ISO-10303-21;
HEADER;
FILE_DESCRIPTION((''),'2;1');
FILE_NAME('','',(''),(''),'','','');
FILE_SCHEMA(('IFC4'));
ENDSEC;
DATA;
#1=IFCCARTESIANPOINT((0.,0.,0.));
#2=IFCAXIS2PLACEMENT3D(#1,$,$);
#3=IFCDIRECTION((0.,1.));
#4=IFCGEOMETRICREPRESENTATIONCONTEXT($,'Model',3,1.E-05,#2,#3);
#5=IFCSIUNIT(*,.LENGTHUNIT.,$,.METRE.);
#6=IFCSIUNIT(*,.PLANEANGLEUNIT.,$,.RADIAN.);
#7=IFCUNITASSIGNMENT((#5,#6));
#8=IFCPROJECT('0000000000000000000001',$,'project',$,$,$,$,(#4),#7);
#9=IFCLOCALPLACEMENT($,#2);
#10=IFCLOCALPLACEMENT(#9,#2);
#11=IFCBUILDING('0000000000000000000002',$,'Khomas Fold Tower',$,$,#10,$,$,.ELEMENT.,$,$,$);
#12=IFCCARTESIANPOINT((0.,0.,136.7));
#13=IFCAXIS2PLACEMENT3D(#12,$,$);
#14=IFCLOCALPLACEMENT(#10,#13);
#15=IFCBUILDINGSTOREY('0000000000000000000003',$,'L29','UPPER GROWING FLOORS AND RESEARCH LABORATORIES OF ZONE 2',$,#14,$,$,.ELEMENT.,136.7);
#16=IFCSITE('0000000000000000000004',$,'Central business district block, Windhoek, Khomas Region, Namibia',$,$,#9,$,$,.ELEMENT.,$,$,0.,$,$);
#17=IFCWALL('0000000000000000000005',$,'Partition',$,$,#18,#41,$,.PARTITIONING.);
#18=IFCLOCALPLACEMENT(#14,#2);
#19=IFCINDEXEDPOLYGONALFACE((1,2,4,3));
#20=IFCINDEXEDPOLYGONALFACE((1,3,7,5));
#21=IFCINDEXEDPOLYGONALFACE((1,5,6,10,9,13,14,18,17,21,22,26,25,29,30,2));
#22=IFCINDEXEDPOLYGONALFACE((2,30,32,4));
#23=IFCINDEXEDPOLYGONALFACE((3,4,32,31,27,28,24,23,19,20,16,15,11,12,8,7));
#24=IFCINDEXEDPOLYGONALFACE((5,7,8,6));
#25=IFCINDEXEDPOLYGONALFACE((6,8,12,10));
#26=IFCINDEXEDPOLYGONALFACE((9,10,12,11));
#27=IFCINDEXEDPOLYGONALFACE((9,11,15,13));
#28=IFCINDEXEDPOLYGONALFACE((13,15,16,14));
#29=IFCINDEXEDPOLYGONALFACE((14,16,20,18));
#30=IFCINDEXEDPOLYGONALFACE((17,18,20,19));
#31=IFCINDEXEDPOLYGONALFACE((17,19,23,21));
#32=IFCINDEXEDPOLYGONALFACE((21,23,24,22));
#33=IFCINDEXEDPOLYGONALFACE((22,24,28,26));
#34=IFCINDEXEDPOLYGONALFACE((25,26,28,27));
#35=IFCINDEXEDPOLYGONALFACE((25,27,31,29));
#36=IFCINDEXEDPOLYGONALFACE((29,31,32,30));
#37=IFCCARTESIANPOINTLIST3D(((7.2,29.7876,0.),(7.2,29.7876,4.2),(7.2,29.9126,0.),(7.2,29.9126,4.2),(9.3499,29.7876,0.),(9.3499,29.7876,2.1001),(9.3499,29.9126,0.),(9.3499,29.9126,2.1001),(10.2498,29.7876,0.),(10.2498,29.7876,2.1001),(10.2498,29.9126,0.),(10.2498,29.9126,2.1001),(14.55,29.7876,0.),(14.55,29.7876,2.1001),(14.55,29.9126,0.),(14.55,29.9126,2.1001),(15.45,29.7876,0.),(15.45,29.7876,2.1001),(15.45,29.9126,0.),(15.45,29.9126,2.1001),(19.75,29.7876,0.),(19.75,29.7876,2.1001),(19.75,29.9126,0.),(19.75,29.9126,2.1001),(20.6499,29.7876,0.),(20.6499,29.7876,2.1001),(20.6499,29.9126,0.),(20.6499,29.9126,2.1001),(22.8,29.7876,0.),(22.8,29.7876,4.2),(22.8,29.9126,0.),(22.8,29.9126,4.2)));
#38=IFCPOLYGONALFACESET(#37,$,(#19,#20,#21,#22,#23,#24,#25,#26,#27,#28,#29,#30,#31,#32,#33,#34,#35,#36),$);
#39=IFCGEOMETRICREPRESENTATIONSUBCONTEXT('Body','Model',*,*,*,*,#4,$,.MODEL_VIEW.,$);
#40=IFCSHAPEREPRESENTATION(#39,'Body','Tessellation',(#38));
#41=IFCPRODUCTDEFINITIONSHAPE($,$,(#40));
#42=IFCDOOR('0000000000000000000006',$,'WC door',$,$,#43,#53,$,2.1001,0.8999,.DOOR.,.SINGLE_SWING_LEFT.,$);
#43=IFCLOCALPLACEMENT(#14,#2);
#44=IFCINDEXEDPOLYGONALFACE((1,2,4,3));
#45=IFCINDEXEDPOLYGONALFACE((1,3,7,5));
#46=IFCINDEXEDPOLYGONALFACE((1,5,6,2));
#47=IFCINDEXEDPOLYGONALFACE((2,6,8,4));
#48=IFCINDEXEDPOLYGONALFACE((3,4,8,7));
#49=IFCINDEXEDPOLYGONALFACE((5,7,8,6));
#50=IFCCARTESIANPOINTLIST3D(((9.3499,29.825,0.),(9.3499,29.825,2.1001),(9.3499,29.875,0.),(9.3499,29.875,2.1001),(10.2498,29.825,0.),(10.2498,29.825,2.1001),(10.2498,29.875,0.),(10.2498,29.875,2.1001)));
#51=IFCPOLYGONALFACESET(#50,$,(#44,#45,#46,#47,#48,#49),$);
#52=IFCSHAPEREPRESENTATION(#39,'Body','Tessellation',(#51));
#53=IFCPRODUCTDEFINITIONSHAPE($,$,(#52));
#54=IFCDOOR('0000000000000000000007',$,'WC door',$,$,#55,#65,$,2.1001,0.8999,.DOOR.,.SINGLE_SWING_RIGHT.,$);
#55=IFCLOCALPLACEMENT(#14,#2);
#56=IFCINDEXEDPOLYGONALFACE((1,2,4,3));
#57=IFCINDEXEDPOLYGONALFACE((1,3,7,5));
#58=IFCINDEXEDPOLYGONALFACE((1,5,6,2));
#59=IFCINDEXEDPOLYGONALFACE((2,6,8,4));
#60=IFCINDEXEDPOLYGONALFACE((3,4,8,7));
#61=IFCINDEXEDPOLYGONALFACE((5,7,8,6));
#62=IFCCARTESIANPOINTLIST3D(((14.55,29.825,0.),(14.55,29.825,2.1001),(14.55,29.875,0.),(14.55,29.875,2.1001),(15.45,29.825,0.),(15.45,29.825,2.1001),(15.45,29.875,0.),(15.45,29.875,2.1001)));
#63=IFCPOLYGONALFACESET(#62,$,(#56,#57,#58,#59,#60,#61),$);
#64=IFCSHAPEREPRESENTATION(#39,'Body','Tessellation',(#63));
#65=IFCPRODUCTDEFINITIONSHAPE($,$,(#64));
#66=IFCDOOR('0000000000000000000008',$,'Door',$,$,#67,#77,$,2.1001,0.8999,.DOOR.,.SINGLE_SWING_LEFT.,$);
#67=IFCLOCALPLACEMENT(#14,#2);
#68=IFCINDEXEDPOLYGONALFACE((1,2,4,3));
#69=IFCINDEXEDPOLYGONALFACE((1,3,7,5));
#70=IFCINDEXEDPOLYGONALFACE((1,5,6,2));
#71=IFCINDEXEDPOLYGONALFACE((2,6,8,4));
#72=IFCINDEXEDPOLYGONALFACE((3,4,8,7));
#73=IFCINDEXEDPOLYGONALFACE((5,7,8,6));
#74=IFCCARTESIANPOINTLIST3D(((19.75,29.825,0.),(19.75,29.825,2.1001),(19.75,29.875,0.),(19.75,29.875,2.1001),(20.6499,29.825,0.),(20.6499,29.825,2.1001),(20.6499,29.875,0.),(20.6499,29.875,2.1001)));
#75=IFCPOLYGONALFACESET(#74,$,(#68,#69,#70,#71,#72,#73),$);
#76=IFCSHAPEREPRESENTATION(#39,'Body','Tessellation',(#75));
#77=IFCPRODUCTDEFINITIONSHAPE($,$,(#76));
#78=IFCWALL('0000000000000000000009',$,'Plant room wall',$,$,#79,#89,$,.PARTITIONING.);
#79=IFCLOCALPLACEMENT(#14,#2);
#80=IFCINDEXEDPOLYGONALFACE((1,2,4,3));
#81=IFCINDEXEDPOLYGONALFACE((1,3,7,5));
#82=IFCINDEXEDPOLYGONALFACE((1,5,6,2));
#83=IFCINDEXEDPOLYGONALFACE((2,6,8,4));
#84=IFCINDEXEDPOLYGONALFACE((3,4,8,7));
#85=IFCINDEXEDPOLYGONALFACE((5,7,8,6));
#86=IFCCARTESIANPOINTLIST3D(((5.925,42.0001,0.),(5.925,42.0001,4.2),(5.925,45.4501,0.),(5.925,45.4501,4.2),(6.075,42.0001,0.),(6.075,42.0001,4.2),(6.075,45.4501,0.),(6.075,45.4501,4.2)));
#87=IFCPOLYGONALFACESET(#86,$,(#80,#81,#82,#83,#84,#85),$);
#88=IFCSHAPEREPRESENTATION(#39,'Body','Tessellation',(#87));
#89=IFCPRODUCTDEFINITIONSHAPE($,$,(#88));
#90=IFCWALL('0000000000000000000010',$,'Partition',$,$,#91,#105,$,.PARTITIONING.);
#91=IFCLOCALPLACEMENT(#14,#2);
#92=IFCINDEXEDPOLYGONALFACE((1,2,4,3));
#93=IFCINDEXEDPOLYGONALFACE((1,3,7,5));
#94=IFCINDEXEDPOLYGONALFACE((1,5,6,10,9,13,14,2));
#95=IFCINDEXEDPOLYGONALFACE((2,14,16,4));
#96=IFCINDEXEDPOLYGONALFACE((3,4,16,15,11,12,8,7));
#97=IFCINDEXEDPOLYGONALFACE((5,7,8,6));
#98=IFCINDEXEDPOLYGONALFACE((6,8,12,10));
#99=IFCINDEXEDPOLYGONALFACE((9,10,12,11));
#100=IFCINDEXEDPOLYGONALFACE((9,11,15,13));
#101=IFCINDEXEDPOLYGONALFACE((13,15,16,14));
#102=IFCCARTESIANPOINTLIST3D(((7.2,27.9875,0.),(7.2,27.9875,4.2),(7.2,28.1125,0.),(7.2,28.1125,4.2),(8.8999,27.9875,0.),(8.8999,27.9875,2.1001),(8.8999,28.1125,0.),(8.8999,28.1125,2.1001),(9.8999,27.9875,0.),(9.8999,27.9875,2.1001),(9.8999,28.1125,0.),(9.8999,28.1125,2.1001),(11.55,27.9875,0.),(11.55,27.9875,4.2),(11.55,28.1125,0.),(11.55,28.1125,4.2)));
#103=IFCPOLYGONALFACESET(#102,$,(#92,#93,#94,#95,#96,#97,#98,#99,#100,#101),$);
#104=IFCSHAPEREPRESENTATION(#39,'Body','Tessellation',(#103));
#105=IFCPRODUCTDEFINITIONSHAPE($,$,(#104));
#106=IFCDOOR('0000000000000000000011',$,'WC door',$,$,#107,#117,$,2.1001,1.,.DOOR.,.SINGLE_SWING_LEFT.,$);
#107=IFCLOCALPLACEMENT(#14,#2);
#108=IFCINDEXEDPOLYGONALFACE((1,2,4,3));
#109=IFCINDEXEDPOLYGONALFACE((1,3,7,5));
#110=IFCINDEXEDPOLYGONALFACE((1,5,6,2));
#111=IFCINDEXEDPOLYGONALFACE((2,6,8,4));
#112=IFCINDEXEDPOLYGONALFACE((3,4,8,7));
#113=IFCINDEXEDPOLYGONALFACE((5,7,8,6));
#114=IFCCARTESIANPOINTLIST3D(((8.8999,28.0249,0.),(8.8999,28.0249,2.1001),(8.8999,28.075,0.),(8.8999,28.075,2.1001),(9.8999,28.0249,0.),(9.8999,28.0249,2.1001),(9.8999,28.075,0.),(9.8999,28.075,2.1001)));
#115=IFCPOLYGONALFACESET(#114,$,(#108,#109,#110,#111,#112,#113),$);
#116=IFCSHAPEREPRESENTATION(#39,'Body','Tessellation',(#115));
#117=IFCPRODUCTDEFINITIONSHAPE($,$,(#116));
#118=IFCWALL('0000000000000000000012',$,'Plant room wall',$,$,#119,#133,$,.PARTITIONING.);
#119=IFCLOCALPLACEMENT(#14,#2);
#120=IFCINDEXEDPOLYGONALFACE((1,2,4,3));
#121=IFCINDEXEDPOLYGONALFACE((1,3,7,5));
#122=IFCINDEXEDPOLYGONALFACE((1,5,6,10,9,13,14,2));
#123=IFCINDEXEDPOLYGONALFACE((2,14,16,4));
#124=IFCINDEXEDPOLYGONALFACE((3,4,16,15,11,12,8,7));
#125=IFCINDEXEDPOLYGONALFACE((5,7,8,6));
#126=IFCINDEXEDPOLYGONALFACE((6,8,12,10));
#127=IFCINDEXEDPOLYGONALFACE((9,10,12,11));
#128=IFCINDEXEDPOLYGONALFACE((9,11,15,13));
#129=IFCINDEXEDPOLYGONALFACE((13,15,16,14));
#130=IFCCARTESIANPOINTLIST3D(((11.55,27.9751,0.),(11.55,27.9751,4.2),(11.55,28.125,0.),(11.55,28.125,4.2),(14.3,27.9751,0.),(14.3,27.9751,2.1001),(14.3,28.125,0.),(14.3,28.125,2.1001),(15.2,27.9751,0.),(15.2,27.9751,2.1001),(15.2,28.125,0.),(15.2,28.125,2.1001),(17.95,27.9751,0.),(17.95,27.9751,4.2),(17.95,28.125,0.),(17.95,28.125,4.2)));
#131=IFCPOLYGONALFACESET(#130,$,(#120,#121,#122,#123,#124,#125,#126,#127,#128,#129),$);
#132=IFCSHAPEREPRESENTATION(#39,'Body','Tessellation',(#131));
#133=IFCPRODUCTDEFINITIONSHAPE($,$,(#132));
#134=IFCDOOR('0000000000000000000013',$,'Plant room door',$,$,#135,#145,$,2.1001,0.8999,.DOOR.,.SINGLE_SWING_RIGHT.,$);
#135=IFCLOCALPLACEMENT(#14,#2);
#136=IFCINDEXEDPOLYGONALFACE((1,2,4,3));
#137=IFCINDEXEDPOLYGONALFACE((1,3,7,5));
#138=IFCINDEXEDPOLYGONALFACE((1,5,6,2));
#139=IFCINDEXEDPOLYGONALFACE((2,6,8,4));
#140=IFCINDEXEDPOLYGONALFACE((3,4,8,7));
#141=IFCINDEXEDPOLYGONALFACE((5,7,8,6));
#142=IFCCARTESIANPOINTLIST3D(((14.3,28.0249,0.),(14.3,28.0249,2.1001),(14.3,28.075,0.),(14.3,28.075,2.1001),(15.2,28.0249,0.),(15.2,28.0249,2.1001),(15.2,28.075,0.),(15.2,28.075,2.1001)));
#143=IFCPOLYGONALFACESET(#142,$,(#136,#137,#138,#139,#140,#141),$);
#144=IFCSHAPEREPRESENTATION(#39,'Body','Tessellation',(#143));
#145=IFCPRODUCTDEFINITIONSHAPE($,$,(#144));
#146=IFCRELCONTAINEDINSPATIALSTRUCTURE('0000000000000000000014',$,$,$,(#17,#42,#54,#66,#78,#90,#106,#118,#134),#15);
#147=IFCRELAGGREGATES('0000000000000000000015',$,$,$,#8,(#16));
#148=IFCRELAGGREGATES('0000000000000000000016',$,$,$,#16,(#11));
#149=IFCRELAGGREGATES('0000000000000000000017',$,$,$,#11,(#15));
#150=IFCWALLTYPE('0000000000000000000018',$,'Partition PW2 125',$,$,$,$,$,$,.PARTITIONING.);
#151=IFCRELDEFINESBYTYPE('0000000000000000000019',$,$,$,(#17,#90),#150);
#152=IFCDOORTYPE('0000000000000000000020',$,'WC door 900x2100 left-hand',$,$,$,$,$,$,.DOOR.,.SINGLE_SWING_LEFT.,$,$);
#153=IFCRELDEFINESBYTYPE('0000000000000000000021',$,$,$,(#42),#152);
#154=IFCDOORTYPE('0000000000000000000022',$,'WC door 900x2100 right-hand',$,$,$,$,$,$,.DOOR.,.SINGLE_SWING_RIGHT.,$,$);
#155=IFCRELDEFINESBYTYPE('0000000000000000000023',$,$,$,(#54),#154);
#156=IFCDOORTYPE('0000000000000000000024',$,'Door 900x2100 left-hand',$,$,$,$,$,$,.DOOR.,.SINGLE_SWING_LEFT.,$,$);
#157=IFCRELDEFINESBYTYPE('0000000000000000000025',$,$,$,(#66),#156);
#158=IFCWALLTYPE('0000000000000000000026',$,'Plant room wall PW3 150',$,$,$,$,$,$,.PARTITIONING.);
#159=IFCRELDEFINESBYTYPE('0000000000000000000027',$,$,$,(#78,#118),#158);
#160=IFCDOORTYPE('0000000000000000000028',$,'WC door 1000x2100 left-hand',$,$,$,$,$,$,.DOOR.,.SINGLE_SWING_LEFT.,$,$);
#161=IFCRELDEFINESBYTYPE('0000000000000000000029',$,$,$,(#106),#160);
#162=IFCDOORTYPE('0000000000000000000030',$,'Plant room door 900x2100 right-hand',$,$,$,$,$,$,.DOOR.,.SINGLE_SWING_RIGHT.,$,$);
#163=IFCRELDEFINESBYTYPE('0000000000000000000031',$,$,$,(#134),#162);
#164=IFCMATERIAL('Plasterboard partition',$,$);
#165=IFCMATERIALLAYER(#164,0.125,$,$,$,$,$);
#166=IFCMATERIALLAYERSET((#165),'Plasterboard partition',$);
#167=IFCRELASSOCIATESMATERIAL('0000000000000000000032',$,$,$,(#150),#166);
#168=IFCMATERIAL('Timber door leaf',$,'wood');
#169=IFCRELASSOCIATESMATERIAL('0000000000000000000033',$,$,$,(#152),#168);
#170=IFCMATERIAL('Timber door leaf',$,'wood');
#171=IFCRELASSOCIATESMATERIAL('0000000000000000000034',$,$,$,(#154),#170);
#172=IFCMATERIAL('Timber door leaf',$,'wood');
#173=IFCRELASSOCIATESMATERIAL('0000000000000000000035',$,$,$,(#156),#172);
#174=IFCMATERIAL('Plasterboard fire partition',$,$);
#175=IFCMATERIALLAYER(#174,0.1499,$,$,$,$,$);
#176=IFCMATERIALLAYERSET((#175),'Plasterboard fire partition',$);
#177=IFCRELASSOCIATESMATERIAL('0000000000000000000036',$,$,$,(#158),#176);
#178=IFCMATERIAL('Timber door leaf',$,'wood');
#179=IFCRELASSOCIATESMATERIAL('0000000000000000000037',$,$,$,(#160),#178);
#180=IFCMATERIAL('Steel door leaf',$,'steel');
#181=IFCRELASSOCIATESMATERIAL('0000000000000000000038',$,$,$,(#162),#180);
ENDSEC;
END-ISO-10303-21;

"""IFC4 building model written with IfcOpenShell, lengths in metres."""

from ifc_helpers import new_model, si_unit, direction, frame, frame_2d, origin, place, context, subcontext, project, spatial, rectangle, extrude, source, transform, mapped, material, layer, layer_set, type_object, element, fill, save


model = new_model("IFC4")

# Units and contexts
model_context = context("Model", 3, precision=1e-05, world=origin(), true_north=direction((0.0, 1.0)))
body_context = subcontext(model_context, "Body", "Model", "MODEL_VIEW")
ifc_project = project(units=[si_unit("LENGTHUNIT", "METRE"), si_unit("PLANEANGLEUNIT", "RADIAN")], contexts=[model_context])

# Site, building, storey
site_placement = place(None, origin())
site = spatial("IfcSite", under=ifc_project, at=site_placement, Name="Central business district block, Windhoek, Khomas Region, Namibia", CompositionType="ELEMENT", RefElevation=0.0)
building_placement = place(site_placement, origin())
building = spatial("IfcBuilding", under=site, at=building_placement, Name="Khomas Fold Tower", CompositionType="ELEMENT")
storey_placement = place(building_placement, frame((0.0, 0.0, 136.7)))
storey = spatial("IfcBuildingStorey", under=building, at=storey_placement, Name="L29", Description="UPPER GROWING FLOORS AND RESEARCH LABORATORIES OF ZONE 2", CompositionType="ELEMENT", Elevation=136.7)

# Wall, openings, doors
ifc_material_1 = material(Name="Plasterboard partition")
ifc_layer_1 = layer(ifc_material_1, 0.125)
ifc_layer_set_1 = layer_set([ifc_layer_1], Name="Plasterboard partition")
wall_type_1 = type_object("IfcWallType", Name="Partition PW2 125", PredefinedType="PARTITIONING", material=ifc_layer_set_1)
shared_shape_1 = source(origin(), body_context, "Body", "SweptSolid", [
    extrude(rectangle(XDim=15.6001, YDim=0.125, at=frame_2d((7.8, 0.0))), origin(), (0.0, 0.0, 1.0), 4.2),
])
wall_1_placement = place(storey_placement, frame((7.2, 29.8501, 0.0), z_axis=(0.0, 0.0, 1.0), x_axis=(1.0, 0.0, 0.0)))
wall_1 = element("IfcWall", 1, at=wall_1_placement, inside=storey, type_object=wall_type_1, Name="Partition", PredefinedType="PARTITIONING", context=body_context, shape_type="MappedRepresentation", body=[
    mapped(shared_shape_1, transform((0.0, 0.0, 0.0))),
])
shared_shape_2 = source(origin(), body_context, "Body", "SweptSolid", [
    extrude(rectangle(XDim=0.8999, YDim=2.1001, at=frame_2d((0.45, 1.05))), frame((0.0, 0.0725, 0.0), z_axis=(0.0, -1.0, 0.0), x_axis=(1.0, 0.0, 0.0)), (0.0, 0.0, 1.0), 0.145),
])
opening_1_placement = place(wall_1_placement, frame((2.1499, 0.0, 0.0)))
opening_1 = element("IfcOpeningElement", 2, at=opening_1_placement, cuts=wall_1, PredefinedType="OPENING", context=body_context, shape_type="MappedRepresentation", body=[
    mapped(shared_shape_2, transform((0.0, 0.0, 0.0))),
])
opening_2_placement = place(wall_1_placement, frame((7.3501, 0.0, 0.0)))
opening_2 = element("IfcOpeningElement", 3, at=opening_2_placement, cuts=wall_1, PredefinedType="OPENING", context=body_context, shape_type="MappedRepresentation", body=[
    mapped(shared_shape_2, transform((0.0, 0.0, 0.0))),
])
opening_3_placement = place(wall_1_placement, frame((12.55, 0.0, 0.0)))
opening_3 = element("IfcOpeningElement", 4, at=opening_3_placement, cuts=wall_1, PredefinedType="OPENING", context=body_context, shape_type="MappedRepresentation", body=[
    mapped(shared_shape_2, transform((0.0, 0.0, 0.0))),
])
ifc_material_2 = material(Name="Timber door leaf", Category="wood")
door_type_1 = type_object("IfcDoorType", Name="WC door 900x2100 left-hand", OperationType="SINGLE_SWING_LEFT", PredefinedType="DOOR", material=ifc_material_2)
shared_shape_3 = source(origin(), body_context, "Body", "SweptSolid", [
    extrude(rectangle(XDim=0.8999, YDim=2.1001, at=frame_2d((0.45, 1.05))), frame((0.0, 0.0249, 0.0), z_axis=(0.0, -1.0, 0.0), x_axis=(1.0, 0.0, 0.0)), (0.0, 0.0, 1.0), 0.05),
])
door_1_placement = place(opening_1_placement, origin())
door_1 = element("IfcDoor", 5, at=door_1_placement, inside=storey, type_object=door_type_1, Name="WC door", OperationType="SINGLE_SWING_LEFT", OverallHeight=2.1001, OverallWidth=0.8999, PredefinedType="DOOR", context=body_context, shape_type="MappedRepresentation", body=[
    mapped(shared_shape_3, transform((0.0, 0.0, 0.0))),
])
fill(opening_1, door_1)
ifc_material_3 = material(Name="Timber door leaf", Category="wood")
door_type_2 = type_object("IfcDoorType", Name="WC door 900x2100 right-hand", OperationType="SINGLE_SWING_RIGHT", PredefinedType="DOOR", material=ifc_material_3)
door_2_placement = place(opening_2_placement, origin())
door_2 = element("IfcDoor", 6, at=door_2_placement, inside=storey, type_object=door_type_2, Name="WC door", OperationType="SINGLE_SWING_RIGHT", OverallHeight=2.1001, OverallWidth=0.8999, PredefinedType="DOOR", context=body_context, shape_type="MappedRepresentation", body=[
    mapped(shared_shape_3, transform((0.0, 0.0, 0.0))),
])
fill(opening_2, door_2)
ifc_material_4 = material(Name="Timber door leaf", Category="wood")
door_type_3 = type_object("IfcDoorType", Name="Door 900x2100 left-hand", OperationType="SINGLE_SWING_LEFT", PredefinedType="DOOR", material=ifc_material_4)
door_3_placement = place(opening_3_placement, origin())
door_3 = element("IfcDoor", 7, at=door_3_placement, inside=storey, type_object=door_type_3, Name="Door", OperationType="SINGLE_SWING_LEFT", OverallHeight=2.1001, OverallWidth=0.8999, PredefinedType="DOOR", context=body_context, shape_type="MappedRepresentation", body=[
    mapped(shared_shape_3, transform((0.0, 0.0, 0.0))),
])
fill(opening_3, door_3)

# Wall
ifc_material_5 = material(Name="Plasterboard fire partition")
ifc_layer_2 = layer(ifc_material_5, 0.1499)
ifc_layer_set_2 = layer_set([ifc_layer_2], Name="Plasterboard fire partition")
wall_type_2 = type_object("IfcWallType", Name="Plant room wall PW3 150", PredefinedType="PARTITIONING", material=ifc_layer_set_2)
shared_shape_4 = source(origin(), body_context, "Body", "SweptSolid", [
    extrude(rectangle(XDim=3.45, YDim=0.1499, at=frame_2d((1.7251, 0.0))), origin(), (0.0, 0.0, 1.0), 4.2),
])
wall_2_placement = place(storey_placement, frame((6.0, 42.0, 0.0), z_axis=(0.0, 0.0, 1.0), x_axis=(0.0, 1.0, 0.0)))
element("IfcWall", 8, at=wall_2_placement, inside=storey, type_object=wall_type_2, Name="Plant room wall", PredefinedType="PARTITIONING", context=body_context, shape_type="MappedRepresentation", body=[
    mapped(shared_shape_4, transform((0.0, 0.0, 0.0))),
])

# Walls, openings, doors
shared_shape_5 = source(origin(), body_context, "Body", "SweptSolid", [
    extrude(rectangle(XDim=4.3501, YDim=0.125, at=frame_2d((2.175, 0.0))), origin(), (0.0, 0.0, 1.0), 4.2),
])
wall_3_placement = place(storey_placement, frame((7.2, 28.05, 0.0), z_axis=(0.0, 0.0, 1.0), x_axis=(1.0, 0.0, 0.0)))
wall_3 = element("IfcWall", 9, at=wall_3_placement, inside=storey, type_object=wall_type_1, Name="Partition", PredefinedType="PARTITIONING", context=body_context, shape_type="MappedRepresentation", body=[
    mapped(shared_shape_5, transform((0.0, 0.0, 0.0))),
])
shared_shape_6 = source(origin(), body_context, "Body", "SweptSolid", [
    extrude(rectangle(XDim=1.0, YDim=2.1001, at=frame_2d((0.5, 1.05))), frame((0.0, 0.0725, 0.0), z_axis=(0.0, -1.0, 0.0), x_axis=(1.0, 0.0, 0.0)), (0.0, 0.0, 1.0), 0.145),
])
opening_4_placement = place(wall_3_placement, frame((1.7, 0.0, 0.0)))
opening_4 = element("IfcOpeningElement", 10, at=opening_4_placement, cuts=wall_3, PredefinedType="OPENING", context=body_context, shape_type="MappedRepresentation", body=[
    mapped(shared_shape_6, transform((0.0, 0.0, 0.0))),
])
ifc_material_6 = material(Name="Timber door leaf", Category="wood")
door_type_4 = type_object("IfcDoorType", Name="WC door 1000x2100 left-hand", OperationType="SINGLE_SWING_LEFT", PredefinedType="DOOR", material=ifc_material_6)
shared_shape_7 = source(origin(), body_context, "Body", "SweptSolid", [
    extrude(rectangle(XDim=1.0, YDim=2.1001, at=frame_2d((0.5, 1.05))), frame((0.0, 0.0249, 0.0), z_axis=(0.0, -1.0, 0.0), x_axis=(1.0, 0.0, 0.0)), (0.0, 0.0, 1.0), 0.05),
])
door_4_placement = place(opening_4_placement, origin())
door_4 = element("IfcDoor", 11, at=door_4_placement, inside=storey, type_object=door_type_4, Name="WC door", OperationType="SINGLE_SWING_LEFT", OverallHeight=2.1001, OverallWidth=1.0, PredefinedType="DOOR", context=body_context, shape_type="MappedRepresentation", body=[
    mapped(shared_shape_7, transform((0.0, 0.0, 0.0))),
])
fill(opening_4, door_4)
shared_shape_8 = source(origin(), body_context, "Body", "SweptSolid", [
    extrude(rectangle(XDim=6.3999, YDim=0.1499, at=frame_2d((3.2, 0.0))), origin(), (0.0, 0.0, 1.0), 4.2),
])
wall_4_placement = place(storey_placement, frame((11.55, 28.05, 0.0), z_axis=(0.0, 0.0, 1.0), x_axis=(1.0, 0.0, 0.0)))
wall_4 = element("IfcWall", 12, at=wall_4_placement, inside=storey, type_object=wall_type_2, Name="Plant room wall", PredefinedType="PARTITIONING", context=body_context, shape_type="MappedRepresentation", body=[
    mapped(shared_shape_8, transform((0.0, 0.0, 0.0))),
])
shared_shape_9 = source(origin(), body_context, "Body", "SweptSolid", [
    extrude(rectangle(XDim=0.8999, YDim=2.1001, at=frame_2d((0.45, 1.05))), frame((0.0, 0.085, 0.0), z_axis=(0.0, -1.0, 0.0), x_axis=(1.0, 0.0, 0.0)), (0.0, 0.0, 1.0), 0.1699),
])
opening_5_placement = place(wall_4_placement, frame((2.75, 0.0, 0.0)))
opening_5 = element("IfcOpeningElement", 13, at=opening_5_placement, cuts=wall_4, PredefinedType="OPENING", context=body_context, shape_type="MappedRepresentation", body=[
    mapped(shared_shape_9, transform((0.0, 0.0, 0.0))),
])
ifc_material_7 = material(Name="Steel door leaf", Category="steel")
door_type_5 = type_object("IfcDoorType", Name="Plant room door 900x2100 right-hand", OperationType="SINGLE_SWING_RIGHT", PredefinedType="DOOR", material=ifc_material_7)
door_5_placement = place(opening_5_placement, origin())
door_5 = element("IfcDoor", 14, at=door_5_placement, inside=storey, type_object=door_type_5, Name="Plant room door", OperationType="SINGLE_SWING_RIGHT", OverallHeight=2.1001, OverallWidth=0.8999, PredefinedType="DOOR", context=body_context, shape_type="MappedRepresentation", body=[
    mapped(shared_shape_3, transform((0.0, 0.0, 0.0))),
])
fill(opening_5, door_5)

save(model, "model.ifc")
